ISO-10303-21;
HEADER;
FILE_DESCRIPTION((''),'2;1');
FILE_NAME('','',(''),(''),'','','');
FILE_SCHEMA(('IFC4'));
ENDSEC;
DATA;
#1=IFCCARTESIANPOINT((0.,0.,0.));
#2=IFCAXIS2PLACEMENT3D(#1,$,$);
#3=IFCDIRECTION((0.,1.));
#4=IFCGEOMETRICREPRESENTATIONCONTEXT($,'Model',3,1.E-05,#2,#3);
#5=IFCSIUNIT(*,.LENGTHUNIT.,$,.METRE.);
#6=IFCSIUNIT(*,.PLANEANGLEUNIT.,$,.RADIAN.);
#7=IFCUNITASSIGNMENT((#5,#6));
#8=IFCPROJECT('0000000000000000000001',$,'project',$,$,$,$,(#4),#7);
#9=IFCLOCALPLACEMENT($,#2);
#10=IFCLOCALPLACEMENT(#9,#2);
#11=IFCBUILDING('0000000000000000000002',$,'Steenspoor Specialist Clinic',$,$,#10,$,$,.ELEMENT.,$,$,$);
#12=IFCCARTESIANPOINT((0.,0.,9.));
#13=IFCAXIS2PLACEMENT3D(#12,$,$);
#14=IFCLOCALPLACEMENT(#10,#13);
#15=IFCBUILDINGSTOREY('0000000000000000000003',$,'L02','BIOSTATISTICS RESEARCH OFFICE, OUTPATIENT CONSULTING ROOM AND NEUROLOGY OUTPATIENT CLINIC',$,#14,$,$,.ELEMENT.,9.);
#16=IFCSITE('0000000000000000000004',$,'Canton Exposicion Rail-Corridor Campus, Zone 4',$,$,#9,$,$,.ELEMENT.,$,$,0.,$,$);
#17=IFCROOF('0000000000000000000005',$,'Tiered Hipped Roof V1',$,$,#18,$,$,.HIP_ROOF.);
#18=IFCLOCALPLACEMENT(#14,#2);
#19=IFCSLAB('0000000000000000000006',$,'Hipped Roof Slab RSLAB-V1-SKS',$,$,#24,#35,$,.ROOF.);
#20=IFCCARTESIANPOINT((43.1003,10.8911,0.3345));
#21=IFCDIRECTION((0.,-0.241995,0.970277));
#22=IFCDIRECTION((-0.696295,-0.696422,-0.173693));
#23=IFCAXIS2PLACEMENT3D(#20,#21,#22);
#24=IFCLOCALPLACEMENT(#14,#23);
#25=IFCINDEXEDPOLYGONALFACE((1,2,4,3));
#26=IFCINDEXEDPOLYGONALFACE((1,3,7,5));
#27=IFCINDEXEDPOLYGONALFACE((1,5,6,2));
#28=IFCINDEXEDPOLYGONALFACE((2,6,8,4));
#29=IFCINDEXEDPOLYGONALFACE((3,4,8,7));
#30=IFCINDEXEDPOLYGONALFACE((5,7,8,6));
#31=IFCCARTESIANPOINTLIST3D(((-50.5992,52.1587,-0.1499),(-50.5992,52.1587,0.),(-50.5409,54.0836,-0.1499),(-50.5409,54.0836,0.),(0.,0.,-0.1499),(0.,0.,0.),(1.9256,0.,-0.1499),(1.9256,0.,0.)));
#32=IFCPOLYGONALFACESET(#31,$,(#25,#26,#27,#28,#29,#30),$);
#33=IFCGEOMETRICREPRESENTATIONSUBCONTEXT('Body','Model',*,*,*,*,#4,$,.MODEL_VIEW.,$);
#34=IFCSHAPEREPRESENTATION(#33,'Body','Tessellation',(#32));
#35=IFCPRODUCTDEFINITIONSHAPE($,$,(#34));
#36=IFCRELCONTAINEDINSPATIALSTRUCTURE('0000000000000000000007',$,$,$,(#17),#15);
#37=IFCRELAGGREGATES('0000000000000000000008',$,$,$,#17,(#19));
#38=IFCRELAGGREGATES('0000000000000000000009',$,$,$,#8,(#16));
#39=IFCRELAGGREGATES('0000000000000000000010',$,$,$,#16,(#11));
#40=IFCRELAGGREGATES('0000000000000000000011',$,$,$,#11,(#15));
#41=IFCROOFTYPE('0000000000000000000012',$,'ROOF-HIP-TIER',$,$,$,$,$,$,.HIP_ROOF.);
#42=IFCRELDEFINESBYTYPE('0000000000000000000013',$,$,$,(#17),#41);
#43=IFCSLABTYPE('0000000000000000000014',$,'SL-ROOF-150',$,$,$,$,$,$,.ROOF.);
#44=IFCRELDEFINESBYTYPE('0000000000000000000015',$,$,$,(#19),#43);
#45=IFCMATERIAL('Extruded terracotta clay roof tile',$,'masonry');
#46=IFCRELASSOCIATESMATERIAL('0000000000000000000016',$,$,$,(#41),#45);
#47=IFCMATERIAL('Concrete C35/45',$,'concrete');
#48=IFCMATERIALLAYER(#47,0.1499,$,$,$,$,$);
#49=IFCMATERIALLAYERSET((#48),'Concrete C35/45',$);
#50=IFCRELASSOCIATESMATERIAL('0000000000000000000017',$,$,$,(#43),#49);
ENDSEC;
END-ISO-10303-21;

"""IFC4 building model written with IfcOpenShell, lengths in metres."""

from ifc_helpers import new_model, si_unit, direction, frame, origin, place, context, subcontext, project, spatial, polyline, outline, extrude, material, layer, layer_set, type_object, element, aggregate, save


model = new_model("IFC4")

# Units and contexts
model_context = context("Model", 3, precision=1e-05, world=origin(), true_north=direction((0.0, 1.0)))
body_context = subcontext(model_context, "Body", "Model", "MODEL_VIEW")
ifc_project = project(units=[si_unit("LENGTHUNIT", "METRE"), si_unit("PLANEANGLEUNIT", "RADIAN")], contexts=[model_context])

# Site, building, storey
site_placement = place(None, origin())
site = spatial("IfcSite", under=ifc_project, at=site_placement, Name="Canton Exposicion Rail-Corridor Campus, Zone 4", CompositionType="ELEMENT", RefElevation=0.0)
building_placement = place(site_placement, origin())
building = spatial("IfcBuilding", under=site, at=building_placement, Name="Steenspoor Specialist Clinic", CompositionType="ELEMENT")
storey_placement = place(building_placement, frame((0.0, 0.0, 9.0)))
storey = spatial("IfcBuildingStorey", under=building, at=storey_placement, Name="L02", Description="BIOSTATISTICS RESEARCH OFFICE, OUTPATIENT CONSULTING ROOM AND NEUROLOGY OUTPATIENT CLINIC", CompositionType="ELEMENT", Elevation=9.0)

# Roof, slab
ifc_material_1 = material(Name="Extruded terracotta clay roof tile", Category="masonry")
roof_type = type_object("IfcRoofType", Name="ROOF-HIP-TIER", PredefinedType="HIP_ROOF", material=ifc_material_1)
roof_placement = place(storey_placement, origin())
roof = element("IfcRoof", 1, at=roof_placement, inside=storey, type_object=roof_type, Name="Tiered Hipped Roof V1", PredefinedType="HIP_ROOF")
ifc_material_2 = material(Name="Concrete C35/45", Category="concrete")
ifc_layer_1 = layer(ifc_material_2, 0.1499)
ifc_layer_set_1 = layer_set([ifc_layer_1], Name="Concrete C35/45")
slab_type = type_object("IfcSlabType", Name="SL-ROOF-150", PredefinedType="ROOF", material=ifc_layer_set_1)
slab_placement = place(storey_placement, frame((43.1003, 10.8911, 0.3345), z_axis=(0.0, -0.241995, 0.970277), x_axis=(-0.696295, -0.696422, -0.173693)))
slab = element("IfcSlab", 2, at=slab_placement, type_object=slab_type, Name="Hipped Roof Slab RSLAB-V1-SKS", PredefinedType="ROOF", context=body_context, shape_type="SweptSolid", body=[
    extrude(outline(polyline([(0.0, 0.0), (1.9256, 0.0), (-50.5409, 54.0836), (-50.5992, 52.1587), (0.0, 0.0)])), origin(), (0.0, 0.0, -1.0), 0.1499),
])
aggregate(roof, [slab])

save(model, "model.ifc")
